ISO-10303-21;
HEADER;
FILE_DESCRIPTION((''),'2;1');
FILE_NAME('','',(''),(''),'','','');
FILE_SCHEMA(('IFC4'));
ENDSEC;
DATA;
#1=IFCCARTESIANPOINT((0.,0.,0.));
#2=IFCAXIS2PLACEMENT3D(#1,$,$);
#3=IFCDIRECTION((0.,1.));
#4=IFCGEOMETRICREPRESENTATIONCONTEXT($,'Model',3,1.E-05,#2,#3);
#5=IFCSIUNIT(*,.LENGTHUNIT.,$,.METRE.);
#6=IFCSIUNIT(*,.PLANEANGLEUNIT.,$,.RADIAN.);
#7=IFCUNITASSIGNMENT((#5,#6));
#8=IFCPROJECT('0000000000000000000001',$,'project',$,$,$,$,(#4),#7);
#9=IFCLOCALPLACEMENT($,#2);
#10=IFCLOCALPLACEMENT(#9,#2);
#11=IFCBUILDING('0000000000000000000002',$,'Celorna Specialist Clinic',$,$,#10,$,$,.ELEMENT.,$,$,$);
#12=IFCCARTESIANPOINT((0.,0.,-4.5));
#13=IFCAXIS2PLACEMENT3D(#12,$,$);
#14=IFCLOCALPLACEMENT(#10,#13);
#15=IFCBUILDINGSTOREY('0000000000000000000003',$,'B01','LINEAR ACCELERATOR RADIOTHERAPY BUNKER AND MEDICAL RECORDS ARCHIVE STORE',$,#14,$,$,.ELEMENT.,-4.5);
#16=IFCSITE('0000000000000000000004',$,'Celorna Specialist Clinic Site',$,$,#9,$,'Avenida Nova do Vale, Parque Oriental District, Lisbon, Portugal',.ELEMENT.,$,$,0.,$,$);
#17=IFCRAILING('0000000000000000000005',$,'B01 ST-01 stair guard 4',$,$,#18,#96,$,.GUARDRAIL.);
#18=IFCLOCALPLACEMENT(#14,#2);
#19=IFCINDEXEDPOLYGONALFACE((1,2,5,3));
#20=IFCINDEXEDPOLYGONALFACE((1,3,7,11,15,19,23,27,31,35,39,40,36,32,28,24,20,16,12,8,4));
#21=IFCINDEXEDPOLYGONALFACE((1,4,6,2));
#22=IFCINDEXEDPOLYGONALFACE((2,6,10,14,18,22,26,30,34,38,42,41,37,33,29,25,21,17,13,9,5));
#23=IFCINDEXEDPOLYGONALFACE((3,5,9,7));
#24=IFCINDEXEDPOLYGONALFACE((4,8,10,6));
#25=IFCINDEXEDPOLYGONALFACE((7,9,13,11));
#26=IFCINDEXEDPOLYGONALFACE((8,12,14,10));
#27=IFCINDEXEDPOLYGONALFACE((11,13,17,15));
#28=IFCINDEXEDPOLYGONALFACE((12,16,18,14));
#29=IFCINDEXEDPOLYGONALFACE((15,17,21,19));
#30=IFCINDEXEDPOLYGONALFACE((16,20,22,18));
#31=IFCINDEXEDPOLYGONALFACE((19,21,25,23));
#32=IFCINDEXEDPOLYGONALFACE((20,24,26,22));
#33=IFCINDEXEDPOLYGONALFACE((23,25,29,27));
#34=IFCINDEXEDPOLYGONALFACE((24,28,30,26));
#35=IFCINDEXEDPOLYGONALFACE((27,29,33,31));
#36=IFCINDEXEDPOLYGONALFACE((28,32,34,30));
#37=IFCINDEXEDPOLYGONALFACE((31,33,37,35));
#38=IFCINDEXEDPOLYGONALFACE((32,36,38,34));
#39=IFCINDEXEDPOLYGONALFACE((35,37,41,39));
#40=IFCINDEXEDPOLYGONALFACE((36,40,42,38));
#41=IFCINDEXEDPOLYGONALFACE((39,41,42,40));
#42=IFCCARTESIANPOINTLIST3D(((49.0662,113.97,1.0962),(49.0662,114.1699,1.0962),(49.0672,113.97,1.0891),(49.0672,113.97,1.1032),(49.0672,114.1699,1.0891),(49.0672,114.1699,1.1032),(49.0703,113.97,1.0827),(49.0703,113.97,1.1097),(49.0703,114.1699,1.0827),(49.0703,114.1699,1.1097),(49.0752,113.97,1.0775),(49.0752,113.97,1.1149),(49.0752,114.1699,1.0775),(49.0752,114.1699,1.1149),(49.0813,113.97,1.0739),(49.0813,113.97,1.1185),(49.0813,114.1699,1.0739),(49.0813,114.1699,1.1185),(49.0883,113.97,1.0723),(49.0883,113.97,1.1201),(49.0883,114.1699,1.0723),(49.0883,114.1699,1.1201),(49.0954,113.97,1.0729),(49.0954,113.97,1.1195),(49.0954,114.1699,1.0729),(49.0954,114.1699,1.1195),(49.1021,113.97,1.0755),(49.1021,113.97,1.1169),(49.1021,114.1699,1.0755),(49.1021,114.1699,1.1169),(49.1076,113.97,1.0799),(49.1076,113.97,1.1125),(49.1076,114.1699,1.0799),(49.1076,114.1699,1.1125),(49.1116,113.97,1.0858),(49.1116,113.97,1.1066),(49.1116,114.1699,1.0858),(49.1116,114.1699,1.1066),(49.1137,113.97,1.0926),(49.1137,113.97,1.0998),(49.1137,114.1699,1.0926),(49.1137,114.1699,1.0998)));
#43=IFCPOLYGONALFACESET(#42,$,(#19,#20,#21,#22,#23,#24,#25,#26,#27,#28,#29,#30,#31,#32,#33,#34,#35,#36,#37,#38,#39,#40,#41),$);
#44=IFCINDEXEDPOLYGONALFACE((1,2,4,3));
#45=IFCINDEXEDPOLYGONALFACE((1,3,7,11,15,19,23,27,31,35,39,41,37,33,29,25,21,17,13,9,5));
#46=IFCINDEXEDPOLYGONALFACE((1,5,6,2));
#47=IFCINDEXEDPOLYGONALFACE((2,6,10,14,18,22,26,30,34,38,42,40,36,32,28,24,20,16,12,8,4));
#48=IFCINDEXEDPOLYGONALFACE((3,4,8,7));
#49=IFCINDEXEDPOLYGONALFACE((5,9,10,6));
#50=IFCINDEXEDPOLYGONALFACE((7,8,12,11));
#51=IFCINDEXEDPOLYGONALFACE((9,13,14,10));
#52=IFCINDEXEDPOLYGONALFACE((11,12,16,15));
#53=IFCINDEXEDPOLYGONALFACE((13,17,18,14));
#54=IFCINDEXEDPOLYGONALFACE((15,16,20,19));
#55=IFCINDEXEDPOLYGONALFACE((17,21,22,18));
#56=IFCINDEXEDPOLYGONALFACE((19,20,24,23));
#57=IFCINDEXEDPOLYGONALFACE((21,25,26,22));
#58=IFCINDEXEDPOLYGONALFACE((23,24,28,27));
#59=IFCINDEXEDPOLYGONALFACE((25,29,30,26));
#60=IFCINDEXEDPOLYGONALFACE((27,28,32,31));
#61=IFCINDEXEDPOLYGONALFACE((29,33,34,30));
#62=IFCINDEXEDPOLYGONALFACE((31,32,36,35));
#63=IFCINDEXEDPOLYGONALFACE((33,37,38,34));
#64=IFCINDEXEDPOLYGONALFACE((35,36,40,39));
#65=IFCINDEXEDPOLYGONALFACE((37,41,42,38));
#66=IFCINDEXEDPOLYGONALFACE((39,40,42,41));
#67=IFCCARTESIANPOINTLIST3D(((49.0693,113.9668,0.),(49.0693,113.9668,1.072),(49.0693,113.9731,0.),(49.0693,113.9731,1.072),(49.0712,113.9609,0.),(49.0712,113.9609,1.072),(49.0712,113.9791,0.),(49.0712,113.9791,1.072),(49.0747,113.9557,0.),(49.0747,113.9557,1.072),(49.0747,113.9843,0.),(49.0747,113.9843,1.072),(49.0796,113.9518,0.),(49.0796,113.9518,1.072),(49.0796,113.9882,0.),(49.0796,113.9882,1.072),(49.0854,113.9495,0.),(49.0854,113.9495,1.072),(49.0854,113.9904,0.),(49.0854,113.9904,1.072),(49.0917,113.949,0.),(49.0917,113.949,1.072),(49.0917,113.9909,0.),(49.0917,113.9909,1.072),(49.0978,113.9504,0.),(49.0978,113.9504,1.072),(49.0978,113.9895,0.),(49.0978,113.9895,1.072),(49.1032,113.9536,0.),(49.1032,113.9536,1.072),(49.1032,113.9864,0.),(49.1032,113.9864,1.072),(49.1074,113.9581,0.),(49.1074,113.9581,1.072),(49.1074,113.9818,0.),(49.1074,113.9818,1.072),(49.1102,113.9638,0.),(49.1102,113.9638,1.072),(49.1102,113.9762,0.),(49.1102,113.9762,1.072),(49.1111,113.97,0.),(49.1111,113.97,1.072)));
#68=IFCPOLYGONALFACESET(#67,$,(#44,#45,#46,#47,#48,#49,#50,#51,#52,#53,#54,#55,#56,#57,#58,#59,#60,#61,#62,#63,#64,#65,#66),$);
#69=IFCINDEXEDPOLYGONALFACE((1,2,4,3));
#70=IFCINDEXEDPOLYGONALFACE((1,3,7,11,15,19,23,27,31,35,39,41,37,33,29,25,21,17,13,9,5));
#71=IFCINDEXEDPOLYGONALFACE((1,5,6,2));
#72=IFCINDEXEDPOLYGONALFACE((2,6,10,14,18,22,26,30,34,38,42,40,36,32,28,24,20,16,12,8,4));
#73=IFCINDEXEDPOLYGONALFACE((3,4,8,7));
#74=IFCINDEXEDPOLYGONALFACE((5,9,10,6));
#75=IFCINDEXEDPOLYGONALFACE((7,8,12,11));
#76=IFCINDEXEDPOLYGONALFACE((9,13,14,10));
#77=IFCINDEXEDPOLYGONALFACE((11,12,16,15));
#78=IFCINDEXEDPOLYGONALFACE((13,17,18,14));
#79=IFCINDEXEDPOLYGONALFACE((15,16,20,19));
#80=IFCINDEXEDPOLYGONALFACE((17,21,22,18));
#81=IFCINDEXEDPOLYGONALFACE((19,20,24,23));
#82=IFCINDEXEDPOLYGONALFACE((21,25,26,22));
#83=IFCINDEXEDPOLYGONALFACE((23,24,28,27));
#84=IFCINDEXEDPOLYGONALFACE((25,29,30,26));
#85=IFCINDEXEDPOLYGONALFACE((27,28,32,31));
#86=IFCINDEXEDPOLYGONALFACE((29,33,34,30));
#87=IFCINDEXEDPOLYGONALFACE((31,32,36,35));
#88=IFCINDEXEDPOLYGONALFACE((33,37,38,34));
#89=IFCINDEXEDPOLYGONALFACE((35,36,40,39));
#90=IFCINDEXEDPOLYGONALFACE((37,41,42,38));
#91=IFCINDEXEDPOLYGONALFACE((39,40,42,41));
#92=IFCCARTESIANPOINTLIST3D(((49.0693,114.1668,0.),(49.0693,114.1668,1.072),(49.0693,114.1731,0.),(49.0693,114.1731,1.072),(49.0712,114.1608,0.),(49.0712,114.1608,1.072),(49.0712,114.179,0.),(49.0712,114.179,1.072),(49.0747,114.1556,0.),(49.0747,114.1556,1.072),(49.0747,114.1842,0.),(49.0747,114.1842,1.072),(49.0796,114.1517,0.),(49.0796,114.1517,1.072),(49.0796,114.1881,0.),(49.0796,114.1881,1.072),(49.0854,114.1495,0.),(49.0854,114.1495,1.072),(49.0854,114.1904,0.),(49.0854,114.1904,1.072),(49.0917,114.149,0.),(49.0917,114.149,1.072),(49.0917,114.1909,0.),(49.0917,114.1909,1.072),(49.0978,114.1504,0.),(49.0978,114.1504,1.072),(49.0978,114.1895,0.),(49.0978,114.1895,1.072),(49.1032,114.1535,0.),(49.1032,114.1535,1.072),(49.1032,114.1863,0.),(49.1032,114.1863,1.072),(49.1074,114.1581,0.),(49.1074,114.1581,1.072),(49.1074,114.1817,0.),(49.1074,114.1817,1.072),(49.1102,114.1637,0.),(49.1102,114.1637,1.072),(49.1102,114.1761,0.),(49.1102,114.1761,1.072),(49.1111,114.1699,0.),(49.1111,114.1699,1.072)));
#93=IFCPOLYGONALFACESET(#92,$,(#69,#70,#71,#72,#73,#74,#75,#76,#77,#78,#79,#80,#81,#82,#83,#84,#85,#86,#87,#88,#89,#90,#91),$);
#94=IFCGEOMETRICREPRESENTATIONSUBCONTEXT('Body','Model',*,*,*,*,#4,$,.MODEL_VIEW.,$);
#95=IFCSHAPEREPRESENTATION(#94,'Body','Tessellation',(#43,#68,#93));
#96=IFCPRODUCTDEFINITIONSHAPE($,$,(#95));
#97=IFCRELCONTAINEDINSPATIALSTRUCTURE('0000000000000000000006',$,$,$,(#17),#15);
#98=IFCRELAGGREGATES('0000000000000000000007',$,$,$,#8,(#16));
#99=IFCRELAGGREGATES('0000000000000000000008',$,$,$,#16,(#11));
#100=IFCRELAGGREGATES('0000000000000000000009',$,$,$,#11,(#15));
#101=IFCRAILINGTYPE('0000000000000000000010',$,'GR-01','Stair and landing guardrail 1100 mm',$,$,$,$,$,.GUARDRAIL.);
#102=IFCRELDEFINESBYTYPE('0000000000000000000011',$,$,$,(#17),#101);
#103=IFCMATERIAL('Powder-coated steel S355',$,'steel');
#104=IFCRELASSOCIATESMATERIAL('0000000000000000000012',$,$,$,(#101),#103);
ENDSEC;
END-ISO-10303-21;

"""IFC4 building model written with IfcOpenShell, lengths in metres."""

from ifc_helpers import new_model, si_unit, direction, frame, origin, origin_2d, place, context, subcontext, project, spatial, circle, extrude, material, type_object, element, save


model = new_model("IFC4")

# Units and contexts
model_context = context("Model", 3, precision=1e-05, world=origin(), true_north=direction((0.0, 1.0)))
body_context = subcontext(model_context, "Body", "Model", "MODEL_VIEW")
ifc_project = project(units=[si_unit("LENGTHUNIT", "METRE"), si_unit("PLANEANGLEUNIT", "RADIAN")], contexts=[model_context])

# Site, building, storey
site_placement = place(None, origin())
site = spatial("IfcSite", under=ifc_project, at=site_placement, Name="Celorna Specialist Clinic Site", LongName="Avenida Nova do Vale, Parque Oriental District, Lisbon, Portugal", CompositionType="ELEMENT", RefElevation=0.0)
building_placement = place(site_placement, origin())
building = spatial("IfcBuilding", under=site, at=building_placement, Name="Celorna Specialist Clinic", CompositionType="ELEMENT")
storey_placement = place(building_placement, frame((0.0, 0.0, -4.5)))
storey = spatial("IfcBuildingStorey", under=building, at=storey_placement, Name="B01", Description="LINEAR ACCELERATOR RADIOTHERAPY BUNKER AND MEDICAL RECORDS ARCHIVE STORE", CompositionType="ELEMENT", Elevation=-4.5)

# Railing
ifc_material_1 = material(Name="Powder-coated steel S355", Category="steel")
railing_type_1 = type_object("IfcRailingType", Name="GR-01", Description="Stair and landing guardrail 1100 mm", PredefinedType="GUARDRAIL", material=ifc_material_1)
railing_1_placement = place(storey_placement, frame((49.0901, 113.97, 0.0)))
element("IfcRailing", 1, at=railing_1_placement, inside=storey, type_object=railing_type_1, Name="B01 ST-01 stair guard 4", PredefinedType="GUARDRAIL", context=body_context, shape_type="SweptSolid", body=[
    extrude(circle(Radius=0.0239, at=origin_2d()), frame((0.0, 0.0, 1.0962), z_axis=(0.0, 1.0, 0.0), x_axis=(-1.0, 0.0, 0.0)), (0.0, 0.0, 1.0), 0.2),
    extrude(circle(Radius=0.021, at=origin_2d()), origin(), (0.0, 0.0, 1.0), 1.072),
    extrude(circle(Radius=0.021, at=origin_2d()), frame((0.0, 0.2, 0.0)), (0.0, 0.0, 1.0), 1.072),
])

save(model, "model.ifc")
